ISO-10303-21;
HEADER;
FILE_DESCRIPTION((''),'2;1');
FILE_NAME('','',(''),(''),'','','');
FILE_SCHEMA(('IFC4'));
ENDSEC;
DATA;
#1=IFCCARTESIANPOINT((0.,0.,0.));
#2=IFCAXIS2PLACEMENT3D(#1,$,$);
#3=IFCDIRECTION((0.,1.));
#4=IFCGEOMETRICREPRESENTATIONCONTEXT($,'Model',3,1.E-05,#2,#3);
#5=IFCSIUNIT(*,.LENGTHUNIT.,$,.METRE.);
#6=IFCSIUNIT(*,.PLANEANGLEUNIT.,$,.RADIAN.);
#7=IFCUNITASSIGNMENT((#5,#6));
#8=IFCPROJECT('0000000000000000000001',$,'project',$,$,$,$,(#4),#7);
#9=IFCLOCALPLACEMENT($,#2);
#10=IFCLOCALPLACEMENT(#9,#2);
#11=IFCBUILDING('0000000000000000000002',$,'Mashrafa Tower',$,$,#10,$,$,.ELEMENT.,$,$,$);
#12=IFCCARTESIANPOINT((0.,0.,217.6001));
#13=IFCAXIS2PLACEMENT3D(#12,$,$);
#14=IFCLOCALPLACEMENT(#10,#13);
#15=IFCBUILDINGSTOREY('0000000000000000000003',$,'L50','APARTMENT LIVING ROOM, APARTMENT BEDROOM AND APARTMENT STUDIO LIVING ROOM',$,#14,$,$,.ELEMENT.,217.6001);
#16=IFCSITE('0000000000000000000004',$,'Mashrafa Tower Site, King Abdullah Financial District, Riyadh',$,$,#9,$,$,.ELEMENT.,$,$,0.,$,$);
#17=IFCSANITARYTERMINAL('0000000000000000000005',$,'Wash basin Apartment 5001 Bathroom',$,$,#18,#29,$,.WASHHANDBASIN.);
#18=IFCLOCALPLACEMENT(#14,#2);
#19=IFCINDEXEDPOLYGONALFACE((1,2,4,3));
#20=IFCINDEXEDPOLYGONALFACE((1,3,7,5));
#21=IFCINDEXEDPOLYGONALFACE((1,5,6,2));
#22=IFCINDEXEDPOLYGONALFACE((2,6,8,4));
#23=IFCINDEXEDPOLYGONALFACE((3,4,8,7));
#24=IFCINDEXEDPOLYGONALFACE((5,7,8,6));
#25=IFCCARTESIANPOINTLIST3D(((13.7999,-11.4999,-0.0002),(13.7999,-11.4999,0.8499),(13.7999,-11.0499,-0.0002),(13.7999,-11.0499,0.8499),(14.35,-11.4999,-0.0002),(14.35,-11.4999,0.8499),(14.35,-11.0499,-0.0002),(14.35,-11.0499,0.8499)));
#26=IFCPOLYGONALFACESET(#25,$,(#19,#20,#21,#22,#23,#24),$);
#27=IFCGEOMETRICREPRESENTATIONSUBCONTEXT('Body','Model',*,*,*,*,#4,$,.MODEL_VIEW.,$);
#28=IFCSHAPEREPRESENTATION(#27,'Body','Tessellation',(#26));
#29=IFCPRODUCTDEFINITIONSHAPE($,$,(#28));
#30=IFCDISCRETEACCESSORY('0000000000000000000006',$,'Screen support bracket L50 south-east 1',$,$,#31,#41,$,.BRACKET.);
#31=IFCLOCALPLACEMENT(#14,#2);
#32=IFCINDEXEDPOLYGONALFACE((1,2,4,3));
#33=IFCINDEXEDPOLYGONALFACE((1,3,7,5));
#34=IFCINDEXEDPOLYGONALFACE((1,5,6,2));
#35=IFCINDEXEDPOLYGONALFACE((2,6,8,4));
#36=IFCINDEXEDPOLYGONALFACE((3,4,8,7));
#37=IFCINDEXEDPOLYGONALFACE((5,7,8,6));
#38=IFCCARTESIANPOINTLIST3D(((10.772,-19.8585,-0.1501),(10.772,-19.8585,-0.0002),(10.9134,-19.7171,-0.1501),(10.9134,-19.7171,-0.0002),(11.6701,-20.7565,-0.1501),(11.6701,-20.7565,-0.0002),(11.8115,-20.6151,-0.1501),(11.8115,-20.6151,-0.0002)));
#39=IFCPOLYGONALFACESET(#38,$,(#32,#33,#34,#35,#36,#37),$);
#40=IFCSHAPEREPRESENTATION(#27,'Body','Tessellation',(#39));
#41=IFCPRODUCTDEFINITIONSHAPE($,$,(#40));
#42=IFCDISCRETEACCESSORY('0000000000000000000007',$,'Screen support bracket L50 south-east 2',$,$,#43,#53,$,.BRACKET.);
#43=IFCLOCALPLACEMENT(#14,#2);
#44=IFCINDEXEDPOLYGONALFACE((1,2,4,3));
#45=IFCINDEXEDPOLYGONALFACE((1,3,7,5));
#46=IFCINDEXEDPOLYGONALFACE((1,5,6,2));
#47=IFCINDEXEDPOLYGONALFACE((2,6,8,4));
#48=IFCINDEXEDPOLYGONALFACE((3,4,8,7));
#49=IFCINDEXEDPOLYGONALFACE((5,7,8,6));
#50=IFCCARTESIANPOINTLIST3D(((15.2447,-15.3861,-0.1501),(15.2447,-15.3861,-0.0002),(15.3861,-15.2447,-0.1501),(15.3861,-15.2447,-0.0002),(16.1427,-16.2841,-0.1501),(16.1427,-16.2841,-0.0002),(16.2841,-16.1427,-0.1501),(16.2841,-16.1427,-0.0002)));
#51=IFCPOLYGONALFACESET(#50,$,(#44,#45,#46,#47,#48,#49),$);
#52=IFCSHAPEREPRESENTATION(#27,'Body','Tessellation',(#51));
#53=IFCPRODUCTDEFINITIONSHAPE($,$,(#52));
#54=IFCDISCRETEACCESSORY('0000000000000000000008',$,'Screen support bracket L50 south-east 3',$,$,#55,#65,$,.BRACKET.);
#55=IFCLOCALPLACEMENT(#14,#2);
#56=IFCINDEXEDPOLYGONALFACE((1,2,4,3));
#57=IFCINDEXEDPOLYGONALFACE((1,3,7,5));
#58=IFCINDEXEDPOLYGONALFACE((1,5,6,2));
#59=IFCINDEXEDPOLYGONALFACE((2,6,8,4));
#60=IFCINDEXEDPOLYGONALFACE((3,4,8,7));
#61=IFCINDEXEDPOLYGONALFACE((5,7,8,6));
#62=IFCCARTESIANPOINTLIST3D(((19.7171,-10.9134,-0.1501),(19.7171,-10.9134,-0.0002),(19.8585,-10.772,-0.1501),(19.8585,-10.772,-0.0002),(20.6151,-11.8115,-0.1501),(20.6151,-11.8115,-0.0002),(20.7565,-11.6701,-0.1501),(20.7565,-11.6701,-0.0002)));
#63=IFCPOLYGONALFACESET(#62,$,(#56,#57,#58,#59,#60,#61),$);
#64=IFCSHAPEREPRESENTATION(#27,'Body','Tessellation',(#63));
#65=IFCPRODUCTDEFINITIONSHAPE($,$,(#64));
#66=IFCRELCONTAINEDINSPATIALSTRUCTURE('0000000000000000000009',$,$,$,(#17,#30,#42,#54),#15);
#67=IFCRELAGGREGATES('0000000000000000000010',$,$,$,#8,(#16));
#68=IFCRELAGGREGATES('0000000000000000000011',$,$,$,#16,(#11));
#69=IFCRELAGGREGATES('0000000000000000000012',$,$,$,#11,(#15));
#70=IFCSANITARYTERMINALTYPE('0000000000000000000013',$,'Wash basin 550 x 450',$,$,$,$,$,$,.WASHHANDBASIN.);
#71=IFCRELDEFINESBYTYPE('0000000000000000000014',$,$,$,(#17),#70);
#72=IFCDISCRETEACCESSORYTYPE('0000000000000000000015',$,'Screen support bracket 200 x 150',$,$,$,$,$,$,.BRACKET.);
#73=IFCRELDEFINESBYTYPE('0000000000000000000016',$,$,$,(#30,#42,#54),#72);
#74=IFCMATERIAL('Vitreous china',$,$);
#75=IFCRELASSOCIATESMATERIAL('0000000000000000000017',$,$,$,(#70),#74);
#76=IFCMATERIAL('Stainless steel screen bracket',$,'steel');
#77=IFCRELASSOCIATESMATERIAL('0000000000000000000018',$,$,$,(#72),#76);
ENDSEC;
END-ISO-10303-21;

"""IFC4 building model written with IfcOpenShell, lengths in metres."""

from ifc_helpers import new_model, si_unit, direction, frame, origin, origin_2d, place, context, subcontext, project, spatial, rectangle, extrude, source, transform, mapped, material, type_object, type_shapes, element, save


model = new_model("IFC4")

# Units and contexts
model_context = context("Model", 3, precision=1e-05, world=origin(), true_north=direction((0.0, 1.0)))
body_context = subcontext(model_context, "Body", "Model", "MODEL_VIEW")
ifc_project = project(units=[si_unit("LENGTHUNIT", "METRE"), si_unit("PLANEANGLEUNIT", "RADIAN")], contexts=[model_context])

# Site, building, storey
site_placement = place(None, origin())
site = spatial("IfcSite", under=ifc_project, at=site_placement, Name="Mashrafa Tower Site, King Abdullah Financial District, Riyadh", CompositionType="ELEMENT", RefElevation=0.0)
building_placement = place(site_placement, origin())
building = spatial("IfcBuilding", under=site, at=building_placement, Name="Mashrafa Tower", CompositionType="ELEMENT")
storey_placement = place(building_placement, frame((0.0, 0.0, 217.6001)))
storey = spatial("IfcBuildingStorey", under=building, at=storey_placement, Name="L50", Description="APARTMENT LIVING ROOM, APARTMENT BEDROOM AND APARTMENT STUDIO LIVING ROOM", CompositionType="ELEMENT", Elevation=217.6001)

# Sanitary terminal
ifc_material_1 = material(Name="Vitreous china")
sanitary_terminal_type_1 = type_object("IfcSanitaryTerminalType", Name="Wash basin 550 x 450", PredefinedType="WASHHANDBASIN", material=ifc_material_1)
sanitary_terminal_1_placement = place(storey_placement, frame((14.075, -11.2749, -0.0002), z_axis=(0.0, 0.0, 1.0), x_axis=(-1.0, 0.0, 0.0)))
element("IfcSanitaryTerminal", 1, at=sanitary_terminal_1_placement, inside=storey, type_object=sanitary_terminal_type_1, Name="Wash basin Apartment 5001 Bathroom", PredefinedType="WASHHANDBASIN", context=body_context, shape_type="SweptSolid", body=[
    extrude(rectangle(XDim=0.55, YDim=0.45, at=origin_2d()), origin(), (0.0, 0.0, 1.0), 0.8501),
])

# Discrete accessories
ifc_material_2 = material(Name="Stainless steel screen bracket", Category="steel")
discrete_accessory_type = type_object("IfcDiscreteAccessoryType", Name="Screen support bracket 200 x 150", PredefinedType="BRACKET", material=ifc_material_2)
shared_shape_1 = source(origin(), body_context, "Body", "SweptSolid", [
    extrude(rectangle(XDim=0.2, YDim=1.27, at=origin_2d()), origin(), (0.0, 0.0, 1.0), 0.1499),
])
type_shapes(discrete_accessory_type, [shared_shape_1])
for number, where, z_axis, x_axis, name in (
    (2, (11.2917, -20.2368, -0.1501), (0.0, 0.0, 1.0), (0.707107, 0.707107, 0.0), "Screen support bracket L50 south-east 1"),
    (3, (15.7644, -15.7644, -0.1501), (0.0, 0.0, 1.0), (0.707107, 0.707107, 0.0), "Screen support bracket L50 south-east 2"),
    (4, (20.2368, -11.2917, -0.1501), (0.0, 0.0, 1.0), (0.707107, 0.707107, 0.0), "Screen support bracket L50 south-east 3"),
):
    element("IfcDiscreteAccessory", number, at=place(storey_placement, frame(where, z_axis=z_axis, x_axis=x_axis)), inside=storey, type_object=discrete_accessory_type, Name=name, PredefinedType="BRACKET", context=body_context, shape_type="MappedRepresentation", body=[
        mapped(shared_shape_1, transform((0.0, 0.0, 0.0))),
    ])

save(model, "model.ifc")
